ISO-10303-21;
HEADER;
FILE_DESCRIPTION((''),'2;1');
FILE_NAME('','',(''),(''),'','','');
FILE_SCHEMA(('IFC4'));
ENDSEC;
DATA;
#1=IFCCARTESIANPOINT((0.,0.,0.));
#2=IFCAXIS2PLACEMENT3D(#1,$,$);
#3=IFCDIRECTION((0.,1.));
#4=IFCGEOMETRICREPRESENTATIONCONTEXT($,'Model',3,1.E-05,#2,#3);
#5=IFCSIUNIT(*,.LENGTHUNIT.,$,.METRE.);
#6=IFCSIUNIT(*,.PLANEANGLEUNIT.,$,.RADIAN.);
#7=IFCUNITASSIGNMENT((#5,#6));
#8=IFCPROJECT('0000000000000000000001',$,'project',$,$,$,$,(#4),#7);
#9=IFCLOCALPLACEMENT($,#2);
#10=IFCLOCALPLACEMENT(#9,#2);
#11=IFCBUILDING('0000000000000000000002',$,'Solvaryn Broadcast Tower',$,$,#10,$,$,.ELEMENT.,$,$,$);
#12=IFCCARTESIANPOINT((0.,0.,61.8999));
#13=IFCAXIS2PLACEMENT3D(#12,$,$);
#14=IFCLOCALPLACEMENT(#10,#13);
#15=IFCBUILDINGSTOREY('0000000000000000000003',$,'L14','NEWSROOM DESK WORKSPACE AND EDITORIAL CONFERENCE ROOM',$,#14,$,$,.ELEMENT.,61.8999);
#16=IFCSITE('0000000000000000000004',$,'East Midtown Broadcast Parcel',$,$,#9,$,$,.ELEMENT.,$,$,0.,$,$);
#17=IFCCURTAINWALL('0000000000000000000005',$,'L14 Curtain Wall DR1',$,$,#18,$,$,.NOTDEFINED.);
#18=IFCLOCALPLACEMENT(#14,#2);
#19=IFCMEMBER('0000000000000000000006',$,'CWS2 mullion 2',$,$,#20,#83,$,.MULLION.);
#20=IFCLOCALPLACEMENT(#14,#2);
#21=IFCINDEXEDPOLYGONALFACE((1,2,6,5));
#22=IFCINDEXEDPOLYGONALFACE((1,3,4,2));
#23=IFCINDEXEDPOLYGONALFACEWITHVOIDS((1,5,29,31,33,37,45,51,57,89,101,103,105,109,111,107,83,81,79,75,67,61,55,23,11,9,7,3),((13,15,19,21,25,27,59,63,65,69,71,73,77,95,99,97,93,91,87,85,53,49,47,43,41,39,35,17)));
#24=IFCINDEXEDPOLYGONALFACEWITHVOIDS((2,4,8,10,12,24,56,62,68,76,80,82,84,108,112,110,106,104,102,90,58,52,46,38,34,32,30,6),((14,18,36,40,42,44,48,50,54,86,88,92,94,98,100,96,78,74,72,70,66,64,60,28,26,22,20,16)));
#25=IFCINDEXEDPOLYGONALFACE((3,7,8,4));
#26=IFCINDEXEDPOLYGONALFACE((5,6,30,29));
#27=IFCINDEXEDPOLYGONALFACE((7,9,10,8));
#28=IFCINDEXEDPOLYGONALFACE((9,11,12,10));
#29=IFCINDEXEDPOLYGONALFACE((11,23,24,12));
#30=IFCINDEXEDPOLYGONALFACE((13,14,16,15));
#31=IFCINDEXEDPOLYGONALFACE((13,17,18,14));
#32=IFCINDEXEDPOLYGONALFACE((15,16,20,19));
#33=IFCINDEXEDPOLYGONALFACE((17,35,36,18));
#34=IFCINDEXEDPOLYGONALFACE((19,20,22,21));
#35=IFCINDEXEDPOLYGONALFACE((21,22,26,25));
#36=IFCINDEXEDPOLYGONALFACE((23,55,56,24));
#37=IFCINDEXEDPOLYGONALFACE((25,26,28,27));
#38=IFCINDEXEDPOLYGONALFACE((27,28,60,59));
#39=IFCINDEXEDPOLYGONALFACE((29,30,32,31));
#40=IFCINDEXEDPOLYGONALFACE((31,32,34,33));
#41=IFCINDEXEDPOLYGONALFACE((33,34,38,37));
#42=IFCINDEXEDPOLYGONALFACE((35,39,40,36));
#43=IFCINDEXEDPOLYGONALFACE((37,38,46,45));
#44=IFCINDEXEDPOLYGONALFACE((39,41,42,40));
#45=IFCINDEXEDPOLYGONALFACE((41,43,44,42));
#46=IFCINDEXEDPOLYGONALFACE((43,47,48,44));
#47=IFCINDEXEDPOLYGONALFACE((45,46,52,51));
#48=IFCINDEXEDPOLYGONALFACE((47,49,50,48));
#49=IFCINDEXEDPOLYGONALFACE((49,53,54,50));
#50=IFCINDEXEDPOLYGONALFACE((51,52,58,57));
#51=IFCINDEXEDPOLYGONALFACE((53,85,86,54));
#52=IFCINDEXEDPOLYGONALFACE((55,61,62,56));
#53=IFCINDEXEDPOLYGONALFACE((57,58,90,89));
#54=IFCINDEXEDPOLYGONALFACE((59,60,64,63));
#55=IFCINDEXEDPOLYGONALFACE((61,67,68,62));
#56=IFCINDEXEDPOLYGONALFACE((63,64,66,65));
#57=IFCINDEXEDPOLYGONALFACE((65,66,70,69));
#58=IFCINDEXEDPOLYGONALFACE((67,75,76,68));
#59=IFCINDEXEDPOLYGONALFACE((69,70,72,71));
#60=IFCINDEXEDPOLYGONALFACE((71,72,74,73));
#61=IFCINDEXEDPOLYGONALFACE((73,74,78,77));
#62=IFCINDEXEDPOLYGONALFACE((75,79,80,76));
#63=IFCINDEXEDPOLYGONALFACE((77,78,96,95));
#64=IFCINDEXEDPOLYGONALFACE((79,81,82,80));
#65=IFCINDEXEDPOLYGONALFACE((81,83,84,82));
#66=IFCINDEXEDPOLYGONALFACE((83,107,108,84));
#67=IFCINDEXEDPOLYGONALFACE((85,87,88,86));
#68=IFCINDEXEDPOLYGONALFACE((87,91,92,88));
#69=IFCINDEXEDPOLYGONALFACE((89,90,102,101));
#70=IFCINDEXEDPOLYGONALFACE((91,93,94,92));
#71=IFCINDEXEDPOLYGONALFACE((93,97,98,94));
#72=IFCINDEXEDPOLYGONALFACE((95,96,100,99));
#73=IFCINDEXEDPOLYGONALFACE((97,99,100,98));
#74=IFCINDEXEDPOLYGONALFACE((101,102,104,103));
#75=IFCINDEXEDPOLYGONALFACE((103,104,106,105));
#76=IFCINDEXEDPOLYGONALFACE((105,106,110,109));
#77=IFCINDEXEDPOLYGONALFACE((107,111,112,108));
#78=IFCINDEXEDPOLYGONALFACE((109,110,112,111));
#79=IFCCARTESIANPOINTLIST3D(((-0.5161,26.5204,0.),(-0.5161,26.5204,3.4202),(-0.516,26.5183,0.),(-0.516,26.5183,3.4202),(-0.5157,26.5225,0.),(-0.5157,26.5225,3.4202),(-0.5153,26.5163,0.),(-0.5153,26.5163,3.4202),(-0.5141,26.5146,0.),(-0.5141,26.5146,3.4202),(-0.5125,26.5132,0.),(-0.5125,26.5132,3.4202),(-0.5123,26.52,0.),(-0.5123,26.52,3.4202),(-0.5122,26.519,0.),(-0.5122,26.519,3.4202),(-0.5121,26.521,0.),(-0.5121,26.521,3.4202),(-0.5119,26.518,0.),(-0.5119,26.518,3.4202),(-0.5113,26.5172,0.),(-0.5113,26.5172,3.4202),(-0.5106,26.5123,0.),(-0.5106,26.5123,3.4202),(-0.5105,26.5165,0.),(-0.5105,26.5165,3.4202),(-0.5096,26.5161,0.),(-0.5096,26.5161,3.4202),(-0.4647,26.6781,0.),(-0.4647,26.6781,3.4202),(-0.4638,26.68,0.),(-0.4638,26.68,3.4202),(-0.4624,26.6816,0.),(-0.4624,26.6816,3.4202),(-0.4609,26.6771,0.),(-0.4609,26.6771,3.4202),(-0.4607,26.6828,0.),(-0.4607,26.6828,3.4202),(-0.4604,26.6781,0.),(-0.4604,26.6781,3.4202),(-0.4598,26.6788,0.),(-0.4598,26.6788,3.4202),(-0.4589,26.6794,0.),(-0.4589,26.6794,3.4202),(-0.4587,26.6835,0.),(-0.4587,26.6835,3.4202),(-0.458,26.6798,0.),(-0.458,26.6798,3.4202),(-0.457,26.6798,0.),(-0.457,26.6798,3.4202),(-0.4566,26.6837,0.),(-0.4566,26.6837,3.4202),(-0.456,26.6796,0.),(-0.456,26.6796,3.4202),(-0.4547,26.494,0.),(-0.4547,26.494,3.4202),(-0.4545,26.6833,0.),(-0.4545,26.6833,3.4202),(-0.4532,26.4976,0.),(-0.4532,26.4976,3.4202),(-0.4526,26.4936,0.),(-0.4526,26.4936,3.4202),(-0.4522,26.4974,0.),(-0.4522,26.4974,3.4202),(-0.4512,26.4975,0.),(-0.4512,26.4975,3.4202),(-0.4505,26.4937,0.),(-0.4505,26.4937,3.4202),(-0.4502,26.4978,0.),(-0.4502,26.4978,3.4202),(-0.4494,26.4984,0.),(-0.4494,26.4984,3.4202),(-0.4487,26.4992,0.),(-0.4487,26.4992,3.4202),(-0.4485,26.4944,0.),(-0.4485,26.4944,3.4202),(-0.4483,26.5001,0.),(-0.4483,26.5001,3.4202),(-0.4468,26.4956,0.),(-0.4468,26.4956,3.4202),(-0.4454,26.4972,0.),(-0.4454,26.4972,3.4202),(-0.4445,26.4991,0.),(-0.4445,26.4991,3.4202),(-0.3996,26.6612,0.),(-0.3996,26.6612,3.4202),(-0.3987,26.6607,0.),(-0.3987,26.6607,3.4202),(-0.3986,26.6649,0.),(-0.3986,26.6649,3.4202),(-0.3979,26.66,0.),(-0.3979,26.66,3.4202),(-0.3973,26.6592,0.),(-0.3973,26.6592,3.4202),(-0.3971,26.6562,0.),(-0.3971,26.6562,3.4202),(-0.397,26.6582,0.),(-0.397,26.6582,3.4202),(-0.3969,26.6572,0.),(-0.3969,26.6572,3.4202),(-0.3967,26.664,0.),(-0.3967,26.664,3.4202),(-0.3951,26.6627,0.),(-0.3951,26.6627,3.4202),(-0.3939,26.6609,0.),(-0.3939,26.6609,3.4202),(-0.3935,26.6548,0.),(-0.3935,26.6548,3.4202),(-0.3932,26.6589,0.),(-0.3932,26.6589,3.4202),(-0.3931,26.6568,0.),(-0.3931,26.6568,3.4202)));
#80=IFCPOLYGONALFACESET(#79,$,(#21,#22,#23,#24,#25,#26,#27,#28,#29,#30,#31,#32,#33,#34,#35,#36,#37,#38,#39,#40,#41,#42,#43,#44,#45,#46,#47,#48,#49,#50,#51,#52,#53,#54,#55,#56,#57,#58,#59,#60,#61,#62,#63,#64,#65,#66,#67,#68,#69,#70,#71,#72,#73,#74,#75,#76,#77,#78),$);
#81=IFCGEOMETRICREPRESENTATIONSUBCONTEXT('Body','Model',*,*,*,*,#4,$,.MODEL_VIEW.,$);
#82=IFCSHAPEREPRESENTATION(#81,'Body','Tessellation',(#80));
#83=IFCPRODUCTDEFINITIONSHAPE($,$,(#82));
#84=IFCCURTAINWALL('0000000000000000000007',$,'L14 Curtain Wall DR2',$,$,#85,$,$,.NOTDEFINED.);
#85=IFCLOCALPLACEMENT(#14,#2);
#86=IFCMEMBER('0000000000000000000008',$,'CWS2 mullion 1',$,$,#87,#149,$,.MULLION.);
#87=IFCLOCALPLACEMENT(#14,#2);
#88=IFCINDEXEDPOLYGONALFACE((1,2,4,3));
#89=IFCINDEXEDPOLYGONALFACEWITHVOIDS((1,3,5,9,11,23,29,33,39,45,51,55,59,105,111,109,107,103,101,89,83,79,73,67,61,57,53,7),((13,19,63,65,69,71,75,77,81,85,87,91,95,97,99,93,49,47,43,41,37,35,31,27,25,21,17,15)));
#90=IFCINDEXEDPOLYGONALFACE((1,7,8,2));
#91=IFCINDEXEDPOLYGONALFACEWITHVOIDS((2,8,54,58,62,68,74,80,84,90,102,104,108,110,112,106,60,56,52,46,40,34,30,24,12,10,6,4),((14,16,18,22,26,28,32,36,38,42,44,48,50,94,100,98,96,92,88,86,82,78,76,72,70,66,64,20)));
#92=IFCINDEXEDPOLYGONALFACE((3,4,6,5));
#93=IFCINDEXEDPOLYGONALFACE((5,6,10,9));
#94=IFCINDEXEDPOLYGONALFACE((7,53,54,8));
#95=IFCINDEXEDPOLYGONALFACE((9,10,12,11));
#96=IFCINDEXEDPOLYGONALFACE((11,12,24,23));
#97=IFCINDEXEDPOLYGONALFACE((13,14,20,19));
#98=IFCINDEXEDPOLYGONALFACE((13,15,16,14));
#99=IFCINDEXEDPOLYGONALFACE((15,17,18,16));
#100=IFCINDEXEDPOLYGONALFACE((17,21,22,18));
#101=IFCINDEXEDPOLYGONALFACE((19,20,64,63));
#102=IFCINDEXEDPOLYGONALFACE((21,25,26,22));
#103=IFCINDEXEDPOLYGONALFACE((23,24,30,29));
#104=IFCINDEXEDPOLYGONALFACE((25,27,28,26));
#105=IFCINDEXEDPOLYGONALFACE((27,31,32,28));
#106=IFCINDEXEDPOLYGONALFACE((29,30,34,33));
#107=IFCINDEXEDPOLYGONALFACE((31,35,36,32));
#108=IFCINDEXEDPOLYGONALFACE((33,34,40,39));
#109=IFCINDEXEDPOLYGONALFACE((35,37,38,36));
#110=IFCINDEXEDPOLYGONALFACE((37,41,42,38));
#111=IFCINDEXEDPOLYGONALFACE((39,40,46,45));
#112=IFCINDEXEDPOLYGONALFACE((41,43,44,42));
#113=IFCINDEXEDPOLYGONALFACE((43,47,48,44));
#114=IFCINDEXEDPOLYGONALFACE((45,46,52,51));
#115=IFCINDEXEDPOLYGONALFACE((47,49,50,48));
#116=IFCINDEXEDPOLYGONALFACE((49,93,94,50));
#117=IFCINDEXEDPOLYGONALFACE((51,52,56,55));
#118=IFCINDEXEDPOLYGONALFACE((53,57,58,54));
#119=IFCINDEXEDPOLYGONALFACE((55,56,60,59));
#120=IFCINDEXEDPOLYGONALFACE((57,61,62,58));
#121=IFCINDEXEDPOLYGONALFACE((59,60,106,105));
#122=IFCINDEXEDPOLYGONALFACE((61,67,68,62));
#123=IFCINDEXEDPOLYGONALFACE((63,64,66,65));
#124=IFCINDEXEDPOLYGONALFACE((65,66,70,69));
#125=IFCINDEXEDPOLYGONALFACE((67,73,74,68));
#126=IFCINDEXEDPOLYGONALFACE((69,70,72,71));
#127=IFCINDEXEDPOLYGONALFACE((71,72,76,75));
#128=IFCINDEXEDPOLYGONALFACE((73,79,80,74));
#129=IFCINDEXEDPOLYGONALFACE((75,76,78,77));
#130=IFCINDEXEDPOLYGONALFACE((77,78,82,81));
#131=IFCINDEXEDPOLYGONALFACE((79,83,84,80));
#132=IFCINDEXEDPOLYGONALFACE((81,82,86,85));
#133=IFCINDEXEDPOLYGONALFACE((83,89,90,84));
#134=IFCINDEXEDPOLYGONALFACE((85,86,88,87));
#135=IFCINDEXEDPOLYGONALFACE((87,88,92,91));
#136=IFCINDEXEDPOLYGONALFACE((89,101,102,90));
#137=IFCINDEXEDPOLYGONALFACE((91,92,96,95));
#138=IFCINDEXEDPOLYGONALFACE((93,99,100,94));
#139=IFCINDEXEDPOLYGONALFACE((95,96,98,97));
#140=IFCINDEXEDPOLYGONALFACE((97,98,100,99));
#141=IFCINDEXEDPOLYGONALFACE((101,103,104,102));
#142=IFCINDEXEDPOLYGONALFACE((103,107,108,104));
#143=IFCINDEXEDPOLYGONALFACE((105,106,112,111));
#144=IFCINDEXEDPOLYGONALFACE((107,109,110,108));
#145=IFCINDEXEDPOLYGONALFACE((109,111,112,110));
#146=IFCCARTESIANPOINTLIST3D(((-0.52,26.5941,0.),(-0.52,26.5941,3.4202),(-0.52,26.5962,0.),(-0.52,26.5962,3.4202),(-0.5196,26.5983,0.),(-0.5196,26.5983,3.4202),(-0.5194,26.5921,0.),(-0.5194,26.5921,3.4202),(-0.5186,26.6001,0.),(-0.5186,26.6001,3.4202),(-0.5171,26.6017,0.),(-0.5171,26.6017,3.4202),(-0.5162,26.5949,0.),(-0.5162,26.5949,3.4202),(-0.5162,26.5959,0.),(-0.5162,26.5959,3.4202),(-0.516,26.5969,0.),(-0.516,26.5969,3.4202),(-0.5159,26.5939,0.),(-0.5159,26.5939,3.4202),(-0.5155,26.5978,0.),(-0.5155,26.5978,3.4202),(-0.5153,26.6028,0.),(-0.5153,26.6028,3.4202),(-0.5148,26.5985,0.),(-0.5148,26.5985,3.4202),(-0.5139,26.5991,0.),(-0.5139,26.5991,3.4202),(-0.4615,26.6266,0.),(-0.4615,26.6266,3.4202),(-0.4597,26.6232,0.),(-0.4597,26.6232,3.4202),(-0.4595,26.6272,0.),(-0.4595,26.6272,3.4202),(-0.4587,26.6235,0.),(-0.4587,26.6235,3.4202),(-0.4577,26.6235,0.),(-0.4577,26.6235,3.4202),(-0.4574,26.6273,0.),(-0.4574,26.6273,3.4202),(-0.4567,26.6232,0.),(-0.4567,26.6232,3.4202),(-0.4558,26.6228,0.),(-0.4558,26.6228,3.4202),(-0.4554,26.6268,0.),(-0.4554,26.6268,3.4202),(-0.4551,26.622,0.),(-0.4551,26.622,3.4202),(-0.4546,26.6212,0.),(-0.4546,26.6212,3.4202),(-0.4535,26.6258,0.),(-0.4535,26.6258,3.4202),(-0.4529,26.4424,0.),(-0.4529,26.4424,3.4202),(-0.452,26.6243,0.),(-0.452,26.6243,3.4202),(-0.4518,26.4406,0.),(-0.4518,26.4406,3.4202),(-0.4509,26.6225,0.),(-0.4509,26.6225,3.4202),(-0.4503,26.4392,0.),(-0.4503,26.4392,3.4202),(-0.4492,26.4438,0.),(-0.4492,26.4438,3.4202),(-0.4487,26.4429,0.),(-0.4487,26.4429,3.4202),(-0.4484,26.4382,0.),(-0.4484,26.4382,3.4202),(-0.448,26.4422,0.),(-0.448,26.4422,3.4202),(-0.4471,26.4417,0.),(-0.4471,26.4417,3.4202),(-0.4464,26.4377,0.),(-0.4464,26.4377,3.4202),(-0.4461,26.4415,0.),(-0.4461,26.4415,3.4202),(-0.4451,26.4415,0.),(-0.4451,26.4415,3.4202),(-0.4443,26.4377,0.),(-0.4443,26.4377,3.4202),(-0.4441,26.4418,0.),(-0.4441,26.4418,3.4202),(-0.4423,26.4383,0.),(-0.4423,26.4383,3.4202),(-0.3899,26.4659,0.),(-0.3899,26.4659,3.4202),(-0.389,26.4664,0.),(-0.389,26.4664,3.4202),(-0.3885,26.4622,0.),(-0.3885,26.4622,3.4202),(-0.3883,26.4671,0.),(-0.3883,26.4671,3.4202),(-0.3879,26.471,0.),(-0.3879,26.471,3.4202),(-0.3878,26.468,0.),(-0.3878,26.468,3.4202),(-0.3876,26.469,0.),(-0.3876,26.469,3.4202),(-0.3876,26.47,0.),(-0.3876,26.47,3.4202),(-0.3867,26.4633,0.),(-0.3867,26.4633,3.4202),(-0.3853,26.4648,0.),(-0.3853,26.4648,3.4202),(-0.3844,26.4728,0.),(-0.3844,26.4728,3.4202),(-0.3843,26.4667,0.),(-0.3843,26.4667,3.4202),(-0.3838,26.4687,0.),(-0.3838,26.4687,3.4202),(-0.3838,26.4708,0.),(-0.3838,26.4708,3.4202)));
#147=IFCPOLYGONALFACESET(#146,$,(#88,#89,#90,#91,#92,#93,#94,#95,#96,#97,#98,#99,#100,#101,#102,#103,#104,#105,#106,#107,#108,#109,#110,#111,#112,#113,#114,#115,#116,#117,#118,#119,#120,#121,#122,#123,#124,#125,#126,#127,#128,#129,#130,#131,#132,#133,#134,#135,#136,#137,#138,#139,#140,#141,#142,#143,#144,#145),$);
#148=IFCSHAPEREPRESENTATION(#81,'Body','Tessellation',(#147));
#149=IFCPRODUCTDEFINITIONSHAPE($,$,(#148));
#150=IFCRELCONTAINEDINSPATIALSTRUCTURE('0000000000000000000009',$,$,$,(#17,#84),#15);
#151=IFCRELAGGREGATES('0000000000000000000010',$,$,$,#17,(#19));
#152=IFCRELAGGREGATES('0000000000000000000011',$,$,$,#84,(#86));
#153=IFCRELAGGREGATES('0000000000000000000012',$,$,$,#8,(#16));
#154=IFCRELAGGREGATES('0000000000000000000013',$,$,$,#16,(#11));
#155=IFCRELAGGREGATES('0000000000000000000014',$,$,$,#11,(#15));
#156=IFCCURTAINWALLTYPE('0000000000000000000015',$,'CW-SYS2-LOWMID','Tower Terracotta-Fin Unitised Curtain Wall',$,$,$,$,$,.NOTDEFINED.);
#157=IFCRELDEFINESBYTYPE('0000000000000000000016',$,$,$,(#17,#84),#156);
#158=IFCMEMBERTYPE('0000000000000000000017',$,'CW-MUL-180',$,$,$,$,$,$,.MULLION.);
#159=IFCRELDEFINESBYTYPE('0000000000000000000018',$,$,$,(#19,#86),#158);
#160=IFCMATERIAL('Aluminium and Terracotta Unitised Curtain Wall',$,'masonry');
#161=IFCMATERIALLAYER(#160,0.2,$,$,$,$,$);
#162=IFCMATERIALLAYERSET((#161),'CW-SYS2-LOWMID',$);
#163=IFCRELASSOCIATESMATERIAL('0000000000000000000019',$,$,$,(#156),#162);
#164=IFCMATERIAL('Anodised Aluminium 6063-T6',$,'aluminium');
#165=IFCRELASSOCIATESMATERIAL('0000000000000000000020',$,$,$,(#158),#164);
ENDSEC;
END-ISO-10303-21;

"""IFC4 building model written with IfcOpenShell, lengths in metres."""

from ifc_helpers import new_model, si_unit, direction, frame, origin, origin_2d, place, context, subcontext, project, spatial, hollow_rectangle, extrude, material, layer, layer_set, material_profile, profile_set, type_object, element, aggregate, save


model = new_model("IFC4")

# Units and contexts
model_context = context("Model", 3, precision=1e-05, world=origin(), true_north=direction((0.0, 1.0)))
body_context = subcontext(model_context, "Body", "Model", "MODEL_VIEW")
ifc_project = project(units=[si_unit("LENGTHUNIT", "METRE"), si_unit("PLANEANGLEUNIT", "RADIAN")], contexts=[model_context])

# Site, building, storey
site_placement = place(None, origin())
site = spatial("IfcSite", under=ifc_project, at=site_placement, Name="East Midtown Broadcast Parcel", CompositionType="ELEMENT", RefElevation=0.0)
building_placement = place(site_placement, origin())
building = spatial("IfcBuilding", under=site, at=building_placement, Name="Solvaryn Broadcast Tower", CompositionType="ELEMENT")
storey_placement = place(building_placement, frame((0.0, 0.0, 61.8999)))
storey = spatial("IfcBuildingStorey", under=building, at=storey_placement, Name="L14", Description="NEWSROOM DESK WORKSPACE AND EDITORIAL CONFERENCE ROOM", CompositionType="ELEMENT", Elevation=61.8999)

# Curtain wall, member
ifc_material_1 = material(Name="Aluminium and Terracotta Unitised Curtain Wall", Category="masonry")
ifc_layer_1 = layer(ifc_material_1, 0.2)
ifc_layer_set_1 = layer_set([ifc_layer_1], Name="CW-SYS2-LOWMID")
curtain_wall_type = type_object("IfcCurtainWallType", Name="CW-SYS2-LOWMID", Description="Tower Terracotta-Fin Unitised Curtain Wall", PredefinedType="NOTDEFINED", material=ifc_layer_set_1)
curtain_wall_1_placement = place(storey_placement, origin())
curtain_wall_1 = element("IfcCurtainWall", 1, at=curtain_wall_1_placement, inside=storey, type_object=curtain_wall_type, Name="L14 Curtain Wall DR1", PredefinedType="NOTDEFINED")
ifc_material_2 = material(Name="Anodised Aluminium 6063-T6", Category="aluminium")
ifc_material_profile_1 = material_profile(ifc_material_2, hollow_rectangle(XDim=0.075, YDim=0.1799, WallThickness=0.0039, InnerFilletRadius=0.0039, OuterFilletRadius=0.0081, at=origin_2d()))
ifc_profile_set_1 = profile_set([ifc_material_profile_1], Name="Anodised Aluminium 6063-T6")
member_type_1 = type_object("IfcMemberType", Name="CW-MUL-180", PredefinedType="MULLION", material=ifc_profile_set_1)
member_1_placement = place(storey_placement, frame((-0.4546, 26.5886, 0.0), z_axis=(0.0, 0.0, 1.0), x_axis=(0.950215, -0.311594, 0.0)))
member_1 = element("IfcMember", 2, at=member_1_placement, type_object=member_type_1, Name="CWS2 mullion 2", PredefinedType="MULLION", context=body_context, shape_type="SweptSolid", body=[
    extrude(hollow_rectangle(XDim=0.075, YDim=0.1799, WallThickness=0.0039, InnerFilletRadius=0.0039, OuterFilletRadius=0.0081, at=origin_2d()), origin(), (0.0, 0.0, 1.0), 3.4202),
])
aggregate(curtain_wall_1, [member_1])

# Curtain wall, member
curtain_wall_2_placement = place(storey_placement, origin())
curtain_wall_2 = element("IfcCurtainWall", 3, at=curtain_wall_2_placement, inside=storey, type_object=curtain_wall_type, Name="L14 Curtain Wall DR2", PredefinedType="NOTDEFINED")
member_2_placement = place(storey_placement, frame((-0.4519, 26.5325, 0.0), z_axis=(0.0, 0.0, 1.0), x_axis=(0.913918, 0.405898, 0.0)))
member_2 = element("IfcMember", 4, at=member_2_placement, type_object=member_type_1, Name="CWS2 mullion 1", PredefinedType="MULLION", context=body_context, shape_type="SweptSolid", body=[
    extrude(hollow_rectangle(XDim=0.075, YDim=0.1799, WallThickness=0.0039, InnerFilletRadius=0.0039, OuterFilletRadius=0.0081, at=origin_2d()), origin(), (0.0, 0.0, 1.0), 3.4202),
])
aggregate(curtain_wall_2, [member_2])

save(model, "model.ifc")
